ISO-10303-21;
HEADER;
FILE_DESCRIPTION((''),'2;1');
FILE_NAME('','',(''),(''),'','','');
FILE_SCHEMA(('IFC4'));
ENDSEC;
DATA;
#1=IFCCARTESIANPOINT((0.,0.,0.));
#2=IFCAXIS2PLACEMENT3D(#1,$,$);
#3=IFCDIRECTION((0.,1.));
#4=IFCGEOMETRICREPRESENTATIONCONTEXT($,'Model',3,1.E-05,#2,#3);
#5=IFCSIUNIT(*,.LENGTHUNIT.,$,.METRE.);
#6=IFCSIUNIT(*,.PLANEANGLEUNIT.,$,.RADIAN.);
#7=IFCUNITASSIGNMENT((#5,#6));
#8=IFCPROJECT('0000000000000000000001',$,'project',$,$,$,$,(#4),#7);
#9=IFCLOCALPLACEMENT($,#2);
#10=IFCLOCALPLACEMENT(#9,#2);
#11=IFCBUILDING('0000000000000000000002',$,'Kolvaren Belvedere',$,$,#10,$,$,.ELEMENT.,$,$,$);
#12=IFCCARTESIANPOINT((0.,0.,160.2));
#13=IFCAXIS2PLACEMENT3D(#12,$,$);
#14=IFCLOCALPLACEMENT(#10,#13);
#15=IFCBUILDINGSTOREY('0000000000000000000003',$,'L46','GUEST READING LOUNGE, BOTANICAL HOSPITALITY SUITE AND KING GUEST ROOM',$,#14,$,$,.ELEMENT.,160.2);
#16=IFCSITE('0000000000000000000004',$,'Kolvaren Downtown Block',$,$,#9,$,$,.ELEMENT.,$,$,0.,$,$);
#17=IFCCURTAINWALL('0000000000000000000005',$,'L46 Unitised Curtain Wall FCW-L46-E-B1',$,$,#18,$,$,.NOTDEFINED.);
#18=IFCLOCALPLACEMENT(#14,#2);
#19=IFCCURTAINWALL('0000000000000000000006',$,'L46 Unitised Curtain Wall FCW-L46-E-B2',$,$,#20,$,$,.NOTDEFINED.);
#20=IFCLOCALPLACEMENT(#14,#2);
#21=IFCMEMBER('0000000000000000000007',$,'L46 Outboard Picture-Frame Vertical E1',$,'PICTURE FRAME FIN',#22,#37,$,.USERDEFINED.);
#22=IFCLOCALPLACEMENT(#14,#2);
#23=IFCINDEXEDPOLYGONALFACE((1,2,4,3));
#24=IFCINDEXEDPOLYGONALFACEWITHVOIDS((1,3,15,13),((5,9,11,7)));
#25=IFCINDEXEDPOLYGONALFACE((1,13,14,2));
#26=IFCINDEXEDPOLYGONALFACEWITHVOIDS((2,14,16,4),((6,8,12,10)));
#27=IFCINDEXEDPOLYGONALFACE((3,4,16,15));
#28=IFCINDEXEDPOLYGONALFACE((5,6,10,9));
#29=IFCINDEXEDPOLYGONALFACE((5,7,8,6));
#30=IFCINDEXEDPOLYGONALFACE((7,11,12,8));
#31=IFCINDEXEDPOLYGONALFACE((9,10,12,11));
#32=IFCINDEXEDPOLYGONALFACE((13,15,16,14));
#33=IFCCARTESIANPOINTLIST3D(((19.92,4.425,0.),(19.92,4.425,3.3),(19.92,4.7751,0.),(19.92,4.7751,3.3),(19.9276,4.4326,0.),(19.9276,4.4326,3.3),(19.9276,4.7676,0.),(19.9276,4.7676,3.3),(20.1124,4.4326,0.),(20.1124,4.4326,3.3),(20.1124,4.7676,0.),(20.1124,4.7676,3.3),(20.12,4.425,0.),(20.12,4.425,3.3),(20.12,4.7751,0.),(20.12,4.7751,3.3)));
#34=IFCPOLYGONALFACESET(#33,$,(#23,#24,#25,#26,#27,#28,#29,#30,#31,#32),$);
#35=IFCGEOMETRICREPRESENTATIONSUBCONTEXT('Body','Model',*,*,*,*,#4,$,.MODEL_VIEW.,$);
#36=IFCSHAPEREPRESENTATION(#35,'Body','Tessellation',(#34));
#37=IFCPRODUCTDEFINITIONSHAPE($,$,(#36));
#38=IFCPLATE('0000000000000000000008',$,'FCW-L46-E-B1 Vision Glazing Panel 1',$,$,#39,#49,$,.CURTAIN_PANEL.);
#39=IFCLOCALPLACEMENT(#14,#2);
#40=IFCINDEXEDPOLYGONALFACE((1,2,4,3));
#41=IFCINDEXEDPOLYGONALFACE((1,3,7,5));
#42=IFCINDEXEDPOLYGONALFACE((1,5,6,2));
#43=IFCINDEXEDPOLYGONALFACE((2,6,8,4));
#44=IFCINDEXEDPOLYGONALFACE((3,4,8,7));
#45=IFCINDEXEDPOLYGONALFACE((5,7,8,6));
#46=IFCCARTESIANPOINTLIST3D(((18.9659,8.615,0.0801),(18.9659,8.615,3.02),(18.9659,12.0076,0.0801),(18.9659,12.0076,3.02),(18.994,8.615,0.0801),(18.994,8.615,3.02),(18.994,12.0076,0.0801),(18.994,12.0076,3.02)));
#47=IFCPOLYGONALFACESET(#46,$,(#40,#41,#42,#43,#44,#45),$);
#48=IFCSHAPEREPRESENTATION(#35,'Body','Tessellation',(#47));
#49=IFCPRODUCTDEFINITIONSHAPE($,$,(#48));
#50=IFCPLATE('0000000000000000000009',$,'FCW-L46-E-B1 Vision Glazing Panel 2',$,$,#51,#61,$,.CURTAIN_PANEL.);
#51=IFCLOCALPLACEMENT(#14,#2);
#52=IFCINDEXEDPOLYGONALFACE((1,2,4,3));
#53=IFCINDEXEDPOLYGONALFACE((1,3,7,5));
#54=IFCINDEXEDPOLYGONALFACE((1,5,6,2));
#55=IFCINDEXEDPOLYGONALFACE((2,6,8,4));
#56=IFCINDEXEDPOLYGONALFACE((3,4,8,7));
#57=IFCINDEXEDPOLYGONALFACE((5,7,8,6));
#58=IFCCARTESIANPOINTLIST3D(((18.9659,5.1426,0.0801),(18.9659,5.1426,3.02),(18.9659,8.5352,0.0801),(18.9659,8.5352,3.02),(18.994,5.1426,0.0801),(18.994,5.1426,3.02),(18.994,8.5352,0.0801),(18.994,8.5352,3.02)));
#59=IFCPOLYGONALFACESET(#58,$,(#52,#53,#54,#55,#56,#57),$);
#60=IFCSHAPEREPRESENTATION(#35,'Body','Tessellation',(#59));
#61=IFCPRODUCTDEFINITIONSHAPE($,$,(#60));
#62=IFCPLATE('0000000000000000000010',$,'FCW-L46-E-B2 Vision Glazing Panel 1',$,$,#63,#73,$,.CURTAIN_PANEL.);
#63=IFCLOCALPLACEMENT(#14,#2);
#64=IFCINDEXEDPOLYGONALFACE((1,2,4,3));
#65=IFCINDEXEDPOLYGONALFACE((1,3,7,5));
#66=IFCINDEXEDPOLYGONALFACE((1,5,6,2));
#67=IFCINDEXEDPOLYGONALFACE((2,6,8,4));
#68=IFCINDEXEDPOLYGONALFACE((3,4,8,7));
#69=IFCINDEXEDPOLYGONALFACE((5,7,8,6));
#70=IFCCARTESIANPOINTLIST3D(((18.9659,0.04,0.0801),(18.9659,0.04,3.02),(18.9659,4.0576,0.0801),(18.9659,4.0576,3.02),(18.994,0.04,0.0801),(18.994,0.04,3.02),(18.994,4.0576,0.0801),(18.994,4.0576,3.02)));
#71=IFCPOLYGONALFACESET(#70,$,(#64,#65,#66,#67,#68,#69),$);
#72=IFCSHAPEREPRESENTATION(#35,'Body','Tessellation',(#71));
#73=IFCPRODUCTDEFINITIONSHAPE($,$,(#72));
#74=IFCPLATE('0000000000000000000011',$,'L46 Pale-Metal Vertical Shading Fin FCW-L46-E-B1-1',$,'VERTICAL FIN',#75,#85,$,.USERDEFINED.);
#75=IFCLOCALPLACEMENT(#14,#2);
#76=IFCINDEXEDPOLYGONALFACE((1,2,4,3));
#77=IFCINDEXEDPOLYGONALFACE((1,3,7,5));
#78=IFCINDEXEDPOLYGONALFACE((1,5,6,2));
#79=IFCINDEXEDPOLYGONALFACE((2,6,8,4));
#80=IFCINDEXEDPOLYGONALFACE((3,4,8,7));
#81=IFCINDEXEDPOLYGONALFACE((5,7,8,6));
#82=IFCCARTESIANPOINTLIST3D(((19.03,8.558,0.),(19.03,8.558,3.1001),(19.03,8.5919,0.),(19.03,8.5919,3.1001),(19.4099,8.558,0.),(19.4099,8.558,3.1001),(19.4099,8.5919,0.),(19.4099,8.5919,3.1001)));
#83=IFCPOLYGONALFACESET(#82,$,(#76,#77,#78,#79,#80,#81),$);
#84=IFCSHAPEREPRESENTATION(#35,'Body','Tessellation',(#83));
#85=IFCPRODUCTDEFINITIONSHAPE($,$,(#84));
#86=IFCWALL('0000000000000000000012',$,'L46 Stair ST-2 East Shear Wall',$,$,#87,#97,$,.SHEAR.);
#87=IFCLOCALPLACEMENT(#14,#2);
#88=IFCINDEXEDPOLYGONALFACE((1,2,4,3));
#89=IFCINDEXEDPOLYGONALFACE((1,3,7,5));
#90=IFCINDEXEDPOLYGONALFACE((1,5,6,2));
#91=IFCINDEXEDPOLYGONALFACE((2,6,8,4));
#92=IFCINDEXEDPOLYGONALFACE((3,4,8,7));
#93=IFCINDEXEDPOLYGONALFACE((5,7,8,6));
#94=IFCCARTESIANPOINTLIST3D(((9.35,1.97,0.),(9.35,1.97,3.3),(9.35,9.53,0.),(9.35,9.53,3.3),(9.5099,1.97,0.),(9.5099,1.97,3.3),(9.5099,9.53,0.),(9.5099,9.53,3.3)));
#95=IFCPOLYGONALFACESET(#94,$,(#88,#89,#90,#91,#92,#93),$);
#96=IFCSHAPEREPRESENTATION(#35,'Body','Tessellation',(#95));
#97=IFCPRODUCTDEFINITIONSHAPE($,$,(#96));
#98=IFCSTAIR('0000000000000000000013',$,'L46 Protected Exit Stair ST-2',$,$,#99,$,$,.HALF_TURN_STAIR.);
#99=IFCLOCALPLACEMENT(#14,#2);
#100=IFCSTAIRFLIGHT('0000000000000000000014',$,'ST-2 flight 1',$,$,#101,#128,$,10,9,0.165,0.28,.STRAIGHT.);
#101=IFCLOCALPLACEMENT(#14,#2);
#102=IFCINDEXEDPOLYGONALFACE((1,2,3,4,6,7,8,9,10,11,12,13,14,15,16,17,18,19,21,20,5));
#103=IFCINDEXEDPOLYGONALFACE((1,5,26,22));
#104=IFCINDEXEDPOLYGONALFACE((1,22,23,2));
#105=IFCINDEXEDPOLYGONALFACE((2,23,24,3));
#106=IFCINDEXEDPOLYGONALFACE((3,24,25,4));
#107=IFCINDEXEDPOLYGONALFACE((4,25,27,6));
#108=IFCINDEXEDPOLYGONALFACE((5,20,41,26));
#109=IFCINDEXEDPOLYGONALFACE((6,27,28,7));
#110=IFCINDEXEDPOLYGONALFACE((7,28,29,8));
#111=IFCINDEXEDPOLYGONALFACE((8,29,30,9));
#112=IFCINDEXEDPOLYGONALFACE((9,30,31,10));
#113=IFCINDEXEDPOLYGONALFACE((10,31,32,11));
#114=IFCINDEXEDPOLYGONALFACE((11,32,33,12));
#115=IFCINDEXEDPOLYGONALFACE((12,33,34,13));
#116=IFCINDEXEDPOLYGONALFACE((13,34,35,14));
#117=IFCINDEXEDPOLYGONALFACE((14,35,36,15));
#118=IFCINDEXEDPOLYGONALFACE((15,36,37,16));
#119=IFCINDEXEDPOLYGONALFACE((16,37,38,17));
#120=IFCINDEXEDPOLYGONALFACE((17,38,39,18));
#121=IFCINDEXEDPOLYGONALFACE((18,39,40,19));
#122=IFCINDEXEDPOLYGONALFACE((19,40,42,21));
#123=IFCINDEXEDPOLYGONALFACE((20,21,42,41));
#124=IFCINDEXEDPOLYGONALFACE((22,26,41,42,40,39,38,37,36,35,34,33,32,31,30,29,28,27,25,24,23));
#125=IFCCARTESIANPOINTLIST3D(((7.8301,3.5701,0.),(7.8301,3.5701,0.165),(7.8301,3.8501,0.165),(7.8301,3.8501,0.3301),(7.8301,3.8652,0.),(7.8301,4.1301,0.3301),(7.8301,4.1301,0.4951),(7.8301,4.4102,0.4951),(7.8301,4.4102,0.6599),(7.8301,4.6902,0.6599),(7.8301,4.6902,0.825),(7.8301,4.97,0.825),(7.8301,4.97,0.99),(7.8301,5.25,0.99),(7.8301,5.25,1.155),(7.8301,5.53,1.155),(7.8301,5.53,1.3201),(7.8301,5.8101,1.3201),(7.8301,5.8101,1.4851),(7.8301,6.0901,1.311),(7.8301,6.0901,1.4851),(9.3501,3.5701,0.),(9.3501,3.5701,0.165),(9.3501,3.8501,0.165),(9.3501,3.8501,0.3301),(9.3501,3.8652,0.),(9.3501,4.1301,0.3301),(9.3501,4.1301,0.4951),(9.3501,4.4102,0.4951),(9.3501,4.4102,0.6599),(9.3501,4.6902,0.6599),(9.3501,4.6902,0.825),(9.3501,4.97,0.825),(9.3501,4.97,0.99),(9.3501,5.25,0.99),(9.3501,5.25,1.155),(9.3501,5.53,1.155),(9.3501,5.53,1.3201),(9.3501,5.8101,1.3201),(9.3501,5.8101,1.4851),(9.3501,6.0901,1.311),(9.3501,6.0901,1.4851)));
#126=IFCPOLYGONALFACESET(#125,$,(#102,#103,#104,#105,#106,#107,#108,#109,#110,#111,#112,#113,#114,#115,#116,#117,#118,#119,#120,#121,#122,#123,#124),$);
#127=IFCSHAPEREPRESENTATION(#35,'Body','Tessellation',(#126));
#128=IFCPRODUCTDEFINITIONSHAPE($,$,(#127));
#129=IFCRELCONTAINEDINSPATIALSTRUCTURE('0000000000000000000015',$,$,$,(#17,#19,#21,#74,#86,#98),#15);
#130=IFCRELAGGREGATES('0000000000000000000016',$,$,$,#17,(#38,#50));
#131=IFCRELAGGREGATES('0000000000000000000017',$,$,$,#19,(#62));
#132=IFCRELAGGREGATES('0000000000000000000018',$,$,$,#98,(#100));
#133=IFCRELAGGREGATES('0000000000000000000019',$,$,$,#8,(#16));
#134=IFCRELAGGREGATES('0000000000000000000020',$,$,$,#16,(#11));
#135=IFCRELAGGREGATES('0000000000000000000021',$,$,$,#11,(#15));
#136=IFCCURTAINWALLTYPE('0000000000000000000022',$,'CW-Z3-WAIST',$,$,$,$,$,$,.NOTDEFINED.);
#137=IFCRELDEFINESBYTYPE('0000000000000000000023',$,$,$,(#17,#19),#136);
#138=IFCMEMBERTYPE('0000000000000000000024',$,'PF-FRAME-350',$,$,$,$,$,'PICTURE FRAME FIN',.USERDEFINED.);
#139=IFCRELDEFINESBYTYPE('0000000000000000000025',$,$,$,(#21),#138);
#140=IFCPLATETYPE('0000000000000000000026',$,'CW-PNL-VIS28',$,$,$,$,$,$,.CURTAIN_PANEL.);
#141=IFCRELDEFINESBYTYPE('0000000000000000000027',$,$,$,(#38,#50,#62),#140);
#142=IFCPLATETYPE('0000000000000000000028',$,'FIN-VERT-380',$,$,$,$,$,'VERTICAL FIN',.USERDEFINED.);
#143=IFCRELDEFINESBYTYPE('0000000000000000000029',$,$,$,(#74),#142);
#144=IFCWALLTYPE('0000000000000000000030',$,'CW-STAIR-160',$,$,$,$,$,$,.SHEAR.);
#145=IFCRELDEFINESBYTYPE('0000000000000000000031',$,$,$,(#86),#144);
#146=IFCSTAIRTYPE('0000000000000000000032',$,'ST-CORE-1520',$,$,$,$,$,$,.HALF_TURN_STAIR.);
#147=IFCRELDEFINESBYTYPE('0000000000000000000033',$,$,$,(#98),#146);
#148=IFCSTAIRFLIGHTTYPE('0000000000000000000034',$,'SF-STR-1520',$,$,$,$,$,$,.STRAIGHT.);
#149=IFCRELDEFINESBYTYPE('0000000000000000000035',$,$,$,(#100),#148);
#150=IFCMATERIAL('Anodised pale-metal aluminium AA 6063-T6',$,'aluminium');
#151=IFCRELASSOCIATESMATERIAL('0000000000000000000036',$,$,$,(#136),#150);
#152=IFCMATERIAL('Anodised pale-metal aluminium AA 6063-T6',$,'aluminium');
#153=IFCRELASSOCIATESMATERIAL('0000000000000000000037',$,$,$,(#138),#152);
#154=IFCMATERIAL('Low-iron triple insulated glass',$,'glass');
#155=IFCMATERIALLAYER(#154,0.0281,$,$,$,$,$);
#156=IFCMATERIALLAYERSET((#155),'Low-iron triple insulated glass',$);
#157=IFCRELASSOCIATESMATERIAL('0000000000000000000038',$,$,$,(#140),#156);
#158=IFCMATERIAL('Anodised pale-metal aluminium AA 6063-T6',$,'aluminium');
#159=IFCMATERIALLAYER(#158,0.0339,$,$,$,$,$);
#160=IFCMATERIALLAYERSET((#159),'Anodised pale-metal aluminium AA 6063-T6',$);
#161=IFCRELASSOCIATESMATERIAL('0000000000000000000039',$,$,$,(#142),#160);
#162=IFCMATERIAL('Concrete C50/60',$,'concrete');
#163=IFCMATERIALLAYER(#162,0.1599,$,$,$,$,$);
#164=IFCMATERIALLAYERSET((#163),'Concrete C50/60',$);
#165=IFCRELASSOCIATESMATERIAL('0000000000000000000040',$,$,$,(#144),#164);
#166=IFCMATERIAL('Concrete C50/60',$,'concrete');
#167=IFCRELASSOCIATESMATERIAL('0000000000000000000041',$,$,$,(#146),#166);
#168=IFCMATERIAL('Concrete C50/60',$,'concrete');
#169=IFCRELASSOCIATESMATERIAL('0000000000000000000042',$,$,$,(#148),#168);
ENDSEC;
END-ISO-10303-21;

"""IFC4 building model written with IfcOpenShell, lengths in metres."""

from ifc_helpers import new_model, si_unit, direction, frame, frame_2d, origin, origin_2d, place, context, subcontext, project, spatial, polyline, rectangle, hollow_rectangle, outline, extrude, material, layer, layer_set, material_profile, profile_set, type_object, element, aggregate, save


model = new_model("IFC4")

# Units and contexts
model_context = context("Model", 3, precision=1e-05, world=origin(), true_north=direction((0.0, 1.0)))
body_context = subcontext(model_context, "Body", "Model", "MODEL_VIEW")
ifc_project = project(units=[si_unit("LENGTHUNIT", "METRE"), si_unit("PLANEANGLEUNIT", "RADIAN")], contexts=[model_context])

# Site, building, storey
site_placement = place(None, origin())
site = spatial("IfcSite", under=ifc_project, at=site_placement, Name="Kolvaren Downtown Block", CompositionType="ELEMENT", RefElevation=0.0)
building_placement = place(site_placement, origin())
building = spatial("IfcBuilding", under=site, at=building_placement, Name="Kolvaren Belvedere", CompositionType="ELEMENT")
storey_placement = place(building_placement, frame((0.0, 0.0, 160.2)))
storey = spatial("IfcBuildingStorey", under=building, at=storey_placement, Name="L46", Description="GUEST READING LOUNGE, BOTANICAL HOSPITALITY SUITE AND KING GUEST ROOM", CompositionType="ELEMENT", Elevation=160.2)

# Curtain wall
ifc_material_1 = material(Name="Anodised pale-metal aluminium AA 6063-T6", Category="aluminium")
curtain_wall_type = type_object("IfcCurtainWallType", Name="CW-Z3-WAIST", PredefinedType="NOTDEFINED", material=ifc_material_1)
curtain_wall_1_placement = place(storey_placement, origin())
curtain_wall_1 = element("IfcCurtainWall", 1, at=curtain_wall_1_placement, inside=storey, type_object=curtain_wall_type, Name="L46 Unitised Curtain Wall FCW-L46-E-B1", PredefinedType="NOTDEFINED")

# Curtain wall
curtain_wall_2_placement = place(storey_placement, origin())
curtain_wall_2 = element("IfcCurtainWall", 2, at=curtain_wall_2_placement, inside=storey, type_object=curtain_wall_type, Name="L46 Unitised Curtain Wall FCW-L46-E-B2", PredefinedType="NOTDEFINED")

# Member
ifc_material_2 = material(Name="Anodised pale-metal aluminium AA 6063-T6", Category="aluminium")
ifc_material_profile_1 = material_profile(ifc_material_2, hollow_rectangle(XDim=0.2, YDim=0.3501, WallThickness=0.0076, at=origin_2d()), Name="ALU-PF-350X200")
ifc_profile_set_1 = profile_set([ifc_material_profile_1], Name="Anodised pale-metal aluminium AA 6063-T6")
member_type_1 = type_object("IfcMemberType", Name="PF-FRAME-350", ElementType="PICTURE FRAME FIN", PredefinedType="USERDEFINED", material=ifc_profile_set_1)
member_1_placement = place(storey_placement, frame((20.02, 4.6001, 0.0), z_axis=(0.0, 0.0, 1.0), x_axis=(1.0, 0.0, 0.0)))
element("IfcMember", 3, at=member_1_placement, inside=storey, type_object=member_type_1, Name="L46 Outboard Picture-Frame Vertical E1", ObjectType="PICTURE FRAME FIN", PredefinedType="USERDEFINED", context=body_context, shape_type="SweptSolid", body=[
    extrude(hollow_rectangle(XDim=0.2, YDim=0.3501, WallThickness=0.0076, at=origin_2d()), origin(), (0.0, 0.0, 1.0), 3.3),
])

# Plates
ifc_material_3 = material(Name="Low-iron triple insulated glass", Category="glass")
ifc_layer_1 = layer(ifc_material_3, 0.0281)
ifc_layer_set_1 = layer_set([ifc_layer_1], Name="Low-iron triple insulated glass")
plate_type_1 = type_object("IfcPlateType", Name="CW-PNL-VIS28", PredefinedType="CURTAIN_PANEL", material=ifc_layer_set_1)
plate_1_placement = place(storey_placement, frame((18.98, 10.3113, 0.0801), z_axis=(0.0, 0.0, 1.0), x_axis=(0.0, -1.0, 0.0)))
plate_1 = element("IfcPlate", 4, at=plate_1_placement, type_object=plate_type_1, Name="FCW-L46-E-B1 Vision Glazing Panel 1", PredefinedType="CURTAIN_PANEL", context=body_context, shape_type="SweptSolid", body=[
    extrude(rectangle(XDim=3.3926, YDim=0.0281, at=origin_2d()), origin(), (0.0, 0.0, 1.0), 2.9399),
])
plate_2_placement = place(storey_placement, frame((18.98, 6.8389, 0.0801), z_axis=(0.0, 0.0, 1.0), x_axis=(0.0, -1.0, 0.0)))
plate_2 = element("IfcPlate", 5, at=plate_2_placement, type_object=plate_type_1, Name="FCW-L46-E-B1 Vision Glazing Panel 2", PredefinedType="CURTAIN_PANEL", context=body_context, shape_type="SweptSolid", body=[
    extrude(rectangle(XDim=3.3926, YDim=0.0281, at=origin_2d()), origin(), (0.0, 0.0, 1.0), 2.9399),
])
aggregate(curtain_wall_1, [plate_1, plate_2])
plate_3_placement = place(storey_placement, frame((18.98, 2.0488, 0.0801), z_axis=(0.0, 0.0, 1.0), x_axis=(0.0, -1.0, 0.0)))
plate_3 = element("IfcPlate", 6, at=plate_3_placement, type_object=plate_type_1, Name="FCW-L46-E-B2 Vision Glazing Panel 1", PredefinedType="CURTAIN_PANEL", context=body_context, shape_type="SweptSolid", body=[
    extrude(rectangle(XDim=4.0176, YDim=0.0281, at=origin_2d()), origin(), (0.0, 0.0, 1.0), 2.9399),
])
aggregate(curtain_wall_2, [plate_3])
ifc_material_4 = material(Name="Anodised pale-metal aluminium AA 6063-T6", Category="aluminium")
ifc_layer_2 = layer(ifc_material_4, 0.0339)
ifc_layer_set_2 = layer_set([ifc_layer_2], Name="Anodised pale-metal aluminium AA 6063-T6")
plate_type_2 = type_object("IfcPlateType", Name="FIN-VERT-380", ElementType="VERTICAL FIN", PredefinedType="USERDEFINED", material=ifc_layer_set_2)
plate_4_placement = place(storey_placement, frame((19.22, 8.575, 0.0), z_axis=(0.0, 0.0, 1.0), x_axis=(1.0, 0.0, 0.0)))
element("IfcPlate", 7, at=plate_4_placement, inside=storey, type_object=plate_type_2, Name="L46 Pale-Metal Vertical Shading Fin FCW-L46-E-B1-1", ObjectType="VERTICAL FIN", PredefinedType="USERDEFINED", context=body_context, shape_type="SweptSolid", body=[
    extrude(rectangle(XDim=0.3799, YDim=0.0339, at=origin_2d()), origin(), (0.0, 0.0, 1.0), 3.1001),
])

# Wall
ifc_material_5 = material(Name="Concrete C50/60", Category="concrete")
ifc_layer_3 = layer(ifc_material_5, 0.1599)
ifc_layer_set_3 = layer_set([ifc_layer_3], Name="Concrete C50/60")
wall_type = type_object("IfcWallType", Name="CW-STAIR-160", PredefinedType="SHEAR", material=ifc_layer_set_3)
wall_placement = place(storey_placement, frame((9.4299, 1.97, 0.0), z_axis=(0.0, 0.0, 1.0), x_axis=(0.0, 1.0, 0.0)))
element("IfcWall", 8, at=wall_placement, inside=storey, type_object=wall_type, Name="L46 Stair ST-2 East Shear Wall", PredefinedType="SHEAR", context=body_context, shape_type="SweptSolid", body=[
    extrude(rectangle(XDim=7.5601, YDim=0.1599, at=frame_2d((3.78, 0.0))), origin(), (0.0, 0.0, 1.0), 3.3),
])

# Stair, stair flight
ifc_material_6 = material(Name="Concrete C50/60", Category="concrete")
stair_type = type_object("IfcStairType", Name="ST-CORE-1520", PredefinedType="HALF_TURN_STAIR", material=ifc_material_6)
stair_placement = place(storey_placement, origin())
stair = element("IfcStair", 9, at=stair_placement, inside=storey, type_object=stair_type, Name="L46 Protected Exit Stair ST-2", PredefinedType="HALF_TURN_STAIR")
ifc_material_7 = material(Name="Concrete C50/60", Category="concrete")
stair_flight_type = type_object("IfcStairFlightType", Name="SF-STR-1520", PredefinedType="STRAIGHT", material=ifc_material_7)
stair_flight_placement = place(storey_placement, frame((8.5901, 3.5701, 0.0), z_axis=(0.0, 0.0, 1.0), x_axis=(0.0, 1.0, 0.0)))
stair_flight = element("IfcStairFlight", 10, at=stair_flight_placement, type_object=stair_flight_type, Name="ST-2 flight 1", NumberOfRisers=10, NumberOfTreads=9, PredefinedType="STRAIGHT", RiserHeight=0.165, TreadLength=0.28, context=body_context, shape_type="SweptSolid", body=[
    extrude(outline(polyline([(0.0, 0.0), (0.0, 0.165), (0.28, 0.165), (0.28, 0.3301), (0.5601, 0.3301), (0.5601, 0.4951), (0.8401, 0.4951), (0.8401, 0.6599), (1.1201, 0.6599), (1.1201, 0.825), (1.3999, 0.825), (1.3999, 0.99), (1.6799, 0.99), (1.6799, 1.155), (1.96, 1.155), (1.96, 1.3201), (2.24, 1.3201), (2.24, 1.4851), (2.52, 1.4851), (2.52, 1.6499), (2.52, 1.311), (0.2952, 0.0), (0.0, 0.0)])), frame((0.0, 0.76, 0.0), z_axis=(0.0, -1.0, 0.0), x_axis=(1.0, 0.0, 0.0)), (0.0, 0.0, 1.0), 1.52),
])
aggregate(stair, [stair_flight])

save(model, "model.ifc")
